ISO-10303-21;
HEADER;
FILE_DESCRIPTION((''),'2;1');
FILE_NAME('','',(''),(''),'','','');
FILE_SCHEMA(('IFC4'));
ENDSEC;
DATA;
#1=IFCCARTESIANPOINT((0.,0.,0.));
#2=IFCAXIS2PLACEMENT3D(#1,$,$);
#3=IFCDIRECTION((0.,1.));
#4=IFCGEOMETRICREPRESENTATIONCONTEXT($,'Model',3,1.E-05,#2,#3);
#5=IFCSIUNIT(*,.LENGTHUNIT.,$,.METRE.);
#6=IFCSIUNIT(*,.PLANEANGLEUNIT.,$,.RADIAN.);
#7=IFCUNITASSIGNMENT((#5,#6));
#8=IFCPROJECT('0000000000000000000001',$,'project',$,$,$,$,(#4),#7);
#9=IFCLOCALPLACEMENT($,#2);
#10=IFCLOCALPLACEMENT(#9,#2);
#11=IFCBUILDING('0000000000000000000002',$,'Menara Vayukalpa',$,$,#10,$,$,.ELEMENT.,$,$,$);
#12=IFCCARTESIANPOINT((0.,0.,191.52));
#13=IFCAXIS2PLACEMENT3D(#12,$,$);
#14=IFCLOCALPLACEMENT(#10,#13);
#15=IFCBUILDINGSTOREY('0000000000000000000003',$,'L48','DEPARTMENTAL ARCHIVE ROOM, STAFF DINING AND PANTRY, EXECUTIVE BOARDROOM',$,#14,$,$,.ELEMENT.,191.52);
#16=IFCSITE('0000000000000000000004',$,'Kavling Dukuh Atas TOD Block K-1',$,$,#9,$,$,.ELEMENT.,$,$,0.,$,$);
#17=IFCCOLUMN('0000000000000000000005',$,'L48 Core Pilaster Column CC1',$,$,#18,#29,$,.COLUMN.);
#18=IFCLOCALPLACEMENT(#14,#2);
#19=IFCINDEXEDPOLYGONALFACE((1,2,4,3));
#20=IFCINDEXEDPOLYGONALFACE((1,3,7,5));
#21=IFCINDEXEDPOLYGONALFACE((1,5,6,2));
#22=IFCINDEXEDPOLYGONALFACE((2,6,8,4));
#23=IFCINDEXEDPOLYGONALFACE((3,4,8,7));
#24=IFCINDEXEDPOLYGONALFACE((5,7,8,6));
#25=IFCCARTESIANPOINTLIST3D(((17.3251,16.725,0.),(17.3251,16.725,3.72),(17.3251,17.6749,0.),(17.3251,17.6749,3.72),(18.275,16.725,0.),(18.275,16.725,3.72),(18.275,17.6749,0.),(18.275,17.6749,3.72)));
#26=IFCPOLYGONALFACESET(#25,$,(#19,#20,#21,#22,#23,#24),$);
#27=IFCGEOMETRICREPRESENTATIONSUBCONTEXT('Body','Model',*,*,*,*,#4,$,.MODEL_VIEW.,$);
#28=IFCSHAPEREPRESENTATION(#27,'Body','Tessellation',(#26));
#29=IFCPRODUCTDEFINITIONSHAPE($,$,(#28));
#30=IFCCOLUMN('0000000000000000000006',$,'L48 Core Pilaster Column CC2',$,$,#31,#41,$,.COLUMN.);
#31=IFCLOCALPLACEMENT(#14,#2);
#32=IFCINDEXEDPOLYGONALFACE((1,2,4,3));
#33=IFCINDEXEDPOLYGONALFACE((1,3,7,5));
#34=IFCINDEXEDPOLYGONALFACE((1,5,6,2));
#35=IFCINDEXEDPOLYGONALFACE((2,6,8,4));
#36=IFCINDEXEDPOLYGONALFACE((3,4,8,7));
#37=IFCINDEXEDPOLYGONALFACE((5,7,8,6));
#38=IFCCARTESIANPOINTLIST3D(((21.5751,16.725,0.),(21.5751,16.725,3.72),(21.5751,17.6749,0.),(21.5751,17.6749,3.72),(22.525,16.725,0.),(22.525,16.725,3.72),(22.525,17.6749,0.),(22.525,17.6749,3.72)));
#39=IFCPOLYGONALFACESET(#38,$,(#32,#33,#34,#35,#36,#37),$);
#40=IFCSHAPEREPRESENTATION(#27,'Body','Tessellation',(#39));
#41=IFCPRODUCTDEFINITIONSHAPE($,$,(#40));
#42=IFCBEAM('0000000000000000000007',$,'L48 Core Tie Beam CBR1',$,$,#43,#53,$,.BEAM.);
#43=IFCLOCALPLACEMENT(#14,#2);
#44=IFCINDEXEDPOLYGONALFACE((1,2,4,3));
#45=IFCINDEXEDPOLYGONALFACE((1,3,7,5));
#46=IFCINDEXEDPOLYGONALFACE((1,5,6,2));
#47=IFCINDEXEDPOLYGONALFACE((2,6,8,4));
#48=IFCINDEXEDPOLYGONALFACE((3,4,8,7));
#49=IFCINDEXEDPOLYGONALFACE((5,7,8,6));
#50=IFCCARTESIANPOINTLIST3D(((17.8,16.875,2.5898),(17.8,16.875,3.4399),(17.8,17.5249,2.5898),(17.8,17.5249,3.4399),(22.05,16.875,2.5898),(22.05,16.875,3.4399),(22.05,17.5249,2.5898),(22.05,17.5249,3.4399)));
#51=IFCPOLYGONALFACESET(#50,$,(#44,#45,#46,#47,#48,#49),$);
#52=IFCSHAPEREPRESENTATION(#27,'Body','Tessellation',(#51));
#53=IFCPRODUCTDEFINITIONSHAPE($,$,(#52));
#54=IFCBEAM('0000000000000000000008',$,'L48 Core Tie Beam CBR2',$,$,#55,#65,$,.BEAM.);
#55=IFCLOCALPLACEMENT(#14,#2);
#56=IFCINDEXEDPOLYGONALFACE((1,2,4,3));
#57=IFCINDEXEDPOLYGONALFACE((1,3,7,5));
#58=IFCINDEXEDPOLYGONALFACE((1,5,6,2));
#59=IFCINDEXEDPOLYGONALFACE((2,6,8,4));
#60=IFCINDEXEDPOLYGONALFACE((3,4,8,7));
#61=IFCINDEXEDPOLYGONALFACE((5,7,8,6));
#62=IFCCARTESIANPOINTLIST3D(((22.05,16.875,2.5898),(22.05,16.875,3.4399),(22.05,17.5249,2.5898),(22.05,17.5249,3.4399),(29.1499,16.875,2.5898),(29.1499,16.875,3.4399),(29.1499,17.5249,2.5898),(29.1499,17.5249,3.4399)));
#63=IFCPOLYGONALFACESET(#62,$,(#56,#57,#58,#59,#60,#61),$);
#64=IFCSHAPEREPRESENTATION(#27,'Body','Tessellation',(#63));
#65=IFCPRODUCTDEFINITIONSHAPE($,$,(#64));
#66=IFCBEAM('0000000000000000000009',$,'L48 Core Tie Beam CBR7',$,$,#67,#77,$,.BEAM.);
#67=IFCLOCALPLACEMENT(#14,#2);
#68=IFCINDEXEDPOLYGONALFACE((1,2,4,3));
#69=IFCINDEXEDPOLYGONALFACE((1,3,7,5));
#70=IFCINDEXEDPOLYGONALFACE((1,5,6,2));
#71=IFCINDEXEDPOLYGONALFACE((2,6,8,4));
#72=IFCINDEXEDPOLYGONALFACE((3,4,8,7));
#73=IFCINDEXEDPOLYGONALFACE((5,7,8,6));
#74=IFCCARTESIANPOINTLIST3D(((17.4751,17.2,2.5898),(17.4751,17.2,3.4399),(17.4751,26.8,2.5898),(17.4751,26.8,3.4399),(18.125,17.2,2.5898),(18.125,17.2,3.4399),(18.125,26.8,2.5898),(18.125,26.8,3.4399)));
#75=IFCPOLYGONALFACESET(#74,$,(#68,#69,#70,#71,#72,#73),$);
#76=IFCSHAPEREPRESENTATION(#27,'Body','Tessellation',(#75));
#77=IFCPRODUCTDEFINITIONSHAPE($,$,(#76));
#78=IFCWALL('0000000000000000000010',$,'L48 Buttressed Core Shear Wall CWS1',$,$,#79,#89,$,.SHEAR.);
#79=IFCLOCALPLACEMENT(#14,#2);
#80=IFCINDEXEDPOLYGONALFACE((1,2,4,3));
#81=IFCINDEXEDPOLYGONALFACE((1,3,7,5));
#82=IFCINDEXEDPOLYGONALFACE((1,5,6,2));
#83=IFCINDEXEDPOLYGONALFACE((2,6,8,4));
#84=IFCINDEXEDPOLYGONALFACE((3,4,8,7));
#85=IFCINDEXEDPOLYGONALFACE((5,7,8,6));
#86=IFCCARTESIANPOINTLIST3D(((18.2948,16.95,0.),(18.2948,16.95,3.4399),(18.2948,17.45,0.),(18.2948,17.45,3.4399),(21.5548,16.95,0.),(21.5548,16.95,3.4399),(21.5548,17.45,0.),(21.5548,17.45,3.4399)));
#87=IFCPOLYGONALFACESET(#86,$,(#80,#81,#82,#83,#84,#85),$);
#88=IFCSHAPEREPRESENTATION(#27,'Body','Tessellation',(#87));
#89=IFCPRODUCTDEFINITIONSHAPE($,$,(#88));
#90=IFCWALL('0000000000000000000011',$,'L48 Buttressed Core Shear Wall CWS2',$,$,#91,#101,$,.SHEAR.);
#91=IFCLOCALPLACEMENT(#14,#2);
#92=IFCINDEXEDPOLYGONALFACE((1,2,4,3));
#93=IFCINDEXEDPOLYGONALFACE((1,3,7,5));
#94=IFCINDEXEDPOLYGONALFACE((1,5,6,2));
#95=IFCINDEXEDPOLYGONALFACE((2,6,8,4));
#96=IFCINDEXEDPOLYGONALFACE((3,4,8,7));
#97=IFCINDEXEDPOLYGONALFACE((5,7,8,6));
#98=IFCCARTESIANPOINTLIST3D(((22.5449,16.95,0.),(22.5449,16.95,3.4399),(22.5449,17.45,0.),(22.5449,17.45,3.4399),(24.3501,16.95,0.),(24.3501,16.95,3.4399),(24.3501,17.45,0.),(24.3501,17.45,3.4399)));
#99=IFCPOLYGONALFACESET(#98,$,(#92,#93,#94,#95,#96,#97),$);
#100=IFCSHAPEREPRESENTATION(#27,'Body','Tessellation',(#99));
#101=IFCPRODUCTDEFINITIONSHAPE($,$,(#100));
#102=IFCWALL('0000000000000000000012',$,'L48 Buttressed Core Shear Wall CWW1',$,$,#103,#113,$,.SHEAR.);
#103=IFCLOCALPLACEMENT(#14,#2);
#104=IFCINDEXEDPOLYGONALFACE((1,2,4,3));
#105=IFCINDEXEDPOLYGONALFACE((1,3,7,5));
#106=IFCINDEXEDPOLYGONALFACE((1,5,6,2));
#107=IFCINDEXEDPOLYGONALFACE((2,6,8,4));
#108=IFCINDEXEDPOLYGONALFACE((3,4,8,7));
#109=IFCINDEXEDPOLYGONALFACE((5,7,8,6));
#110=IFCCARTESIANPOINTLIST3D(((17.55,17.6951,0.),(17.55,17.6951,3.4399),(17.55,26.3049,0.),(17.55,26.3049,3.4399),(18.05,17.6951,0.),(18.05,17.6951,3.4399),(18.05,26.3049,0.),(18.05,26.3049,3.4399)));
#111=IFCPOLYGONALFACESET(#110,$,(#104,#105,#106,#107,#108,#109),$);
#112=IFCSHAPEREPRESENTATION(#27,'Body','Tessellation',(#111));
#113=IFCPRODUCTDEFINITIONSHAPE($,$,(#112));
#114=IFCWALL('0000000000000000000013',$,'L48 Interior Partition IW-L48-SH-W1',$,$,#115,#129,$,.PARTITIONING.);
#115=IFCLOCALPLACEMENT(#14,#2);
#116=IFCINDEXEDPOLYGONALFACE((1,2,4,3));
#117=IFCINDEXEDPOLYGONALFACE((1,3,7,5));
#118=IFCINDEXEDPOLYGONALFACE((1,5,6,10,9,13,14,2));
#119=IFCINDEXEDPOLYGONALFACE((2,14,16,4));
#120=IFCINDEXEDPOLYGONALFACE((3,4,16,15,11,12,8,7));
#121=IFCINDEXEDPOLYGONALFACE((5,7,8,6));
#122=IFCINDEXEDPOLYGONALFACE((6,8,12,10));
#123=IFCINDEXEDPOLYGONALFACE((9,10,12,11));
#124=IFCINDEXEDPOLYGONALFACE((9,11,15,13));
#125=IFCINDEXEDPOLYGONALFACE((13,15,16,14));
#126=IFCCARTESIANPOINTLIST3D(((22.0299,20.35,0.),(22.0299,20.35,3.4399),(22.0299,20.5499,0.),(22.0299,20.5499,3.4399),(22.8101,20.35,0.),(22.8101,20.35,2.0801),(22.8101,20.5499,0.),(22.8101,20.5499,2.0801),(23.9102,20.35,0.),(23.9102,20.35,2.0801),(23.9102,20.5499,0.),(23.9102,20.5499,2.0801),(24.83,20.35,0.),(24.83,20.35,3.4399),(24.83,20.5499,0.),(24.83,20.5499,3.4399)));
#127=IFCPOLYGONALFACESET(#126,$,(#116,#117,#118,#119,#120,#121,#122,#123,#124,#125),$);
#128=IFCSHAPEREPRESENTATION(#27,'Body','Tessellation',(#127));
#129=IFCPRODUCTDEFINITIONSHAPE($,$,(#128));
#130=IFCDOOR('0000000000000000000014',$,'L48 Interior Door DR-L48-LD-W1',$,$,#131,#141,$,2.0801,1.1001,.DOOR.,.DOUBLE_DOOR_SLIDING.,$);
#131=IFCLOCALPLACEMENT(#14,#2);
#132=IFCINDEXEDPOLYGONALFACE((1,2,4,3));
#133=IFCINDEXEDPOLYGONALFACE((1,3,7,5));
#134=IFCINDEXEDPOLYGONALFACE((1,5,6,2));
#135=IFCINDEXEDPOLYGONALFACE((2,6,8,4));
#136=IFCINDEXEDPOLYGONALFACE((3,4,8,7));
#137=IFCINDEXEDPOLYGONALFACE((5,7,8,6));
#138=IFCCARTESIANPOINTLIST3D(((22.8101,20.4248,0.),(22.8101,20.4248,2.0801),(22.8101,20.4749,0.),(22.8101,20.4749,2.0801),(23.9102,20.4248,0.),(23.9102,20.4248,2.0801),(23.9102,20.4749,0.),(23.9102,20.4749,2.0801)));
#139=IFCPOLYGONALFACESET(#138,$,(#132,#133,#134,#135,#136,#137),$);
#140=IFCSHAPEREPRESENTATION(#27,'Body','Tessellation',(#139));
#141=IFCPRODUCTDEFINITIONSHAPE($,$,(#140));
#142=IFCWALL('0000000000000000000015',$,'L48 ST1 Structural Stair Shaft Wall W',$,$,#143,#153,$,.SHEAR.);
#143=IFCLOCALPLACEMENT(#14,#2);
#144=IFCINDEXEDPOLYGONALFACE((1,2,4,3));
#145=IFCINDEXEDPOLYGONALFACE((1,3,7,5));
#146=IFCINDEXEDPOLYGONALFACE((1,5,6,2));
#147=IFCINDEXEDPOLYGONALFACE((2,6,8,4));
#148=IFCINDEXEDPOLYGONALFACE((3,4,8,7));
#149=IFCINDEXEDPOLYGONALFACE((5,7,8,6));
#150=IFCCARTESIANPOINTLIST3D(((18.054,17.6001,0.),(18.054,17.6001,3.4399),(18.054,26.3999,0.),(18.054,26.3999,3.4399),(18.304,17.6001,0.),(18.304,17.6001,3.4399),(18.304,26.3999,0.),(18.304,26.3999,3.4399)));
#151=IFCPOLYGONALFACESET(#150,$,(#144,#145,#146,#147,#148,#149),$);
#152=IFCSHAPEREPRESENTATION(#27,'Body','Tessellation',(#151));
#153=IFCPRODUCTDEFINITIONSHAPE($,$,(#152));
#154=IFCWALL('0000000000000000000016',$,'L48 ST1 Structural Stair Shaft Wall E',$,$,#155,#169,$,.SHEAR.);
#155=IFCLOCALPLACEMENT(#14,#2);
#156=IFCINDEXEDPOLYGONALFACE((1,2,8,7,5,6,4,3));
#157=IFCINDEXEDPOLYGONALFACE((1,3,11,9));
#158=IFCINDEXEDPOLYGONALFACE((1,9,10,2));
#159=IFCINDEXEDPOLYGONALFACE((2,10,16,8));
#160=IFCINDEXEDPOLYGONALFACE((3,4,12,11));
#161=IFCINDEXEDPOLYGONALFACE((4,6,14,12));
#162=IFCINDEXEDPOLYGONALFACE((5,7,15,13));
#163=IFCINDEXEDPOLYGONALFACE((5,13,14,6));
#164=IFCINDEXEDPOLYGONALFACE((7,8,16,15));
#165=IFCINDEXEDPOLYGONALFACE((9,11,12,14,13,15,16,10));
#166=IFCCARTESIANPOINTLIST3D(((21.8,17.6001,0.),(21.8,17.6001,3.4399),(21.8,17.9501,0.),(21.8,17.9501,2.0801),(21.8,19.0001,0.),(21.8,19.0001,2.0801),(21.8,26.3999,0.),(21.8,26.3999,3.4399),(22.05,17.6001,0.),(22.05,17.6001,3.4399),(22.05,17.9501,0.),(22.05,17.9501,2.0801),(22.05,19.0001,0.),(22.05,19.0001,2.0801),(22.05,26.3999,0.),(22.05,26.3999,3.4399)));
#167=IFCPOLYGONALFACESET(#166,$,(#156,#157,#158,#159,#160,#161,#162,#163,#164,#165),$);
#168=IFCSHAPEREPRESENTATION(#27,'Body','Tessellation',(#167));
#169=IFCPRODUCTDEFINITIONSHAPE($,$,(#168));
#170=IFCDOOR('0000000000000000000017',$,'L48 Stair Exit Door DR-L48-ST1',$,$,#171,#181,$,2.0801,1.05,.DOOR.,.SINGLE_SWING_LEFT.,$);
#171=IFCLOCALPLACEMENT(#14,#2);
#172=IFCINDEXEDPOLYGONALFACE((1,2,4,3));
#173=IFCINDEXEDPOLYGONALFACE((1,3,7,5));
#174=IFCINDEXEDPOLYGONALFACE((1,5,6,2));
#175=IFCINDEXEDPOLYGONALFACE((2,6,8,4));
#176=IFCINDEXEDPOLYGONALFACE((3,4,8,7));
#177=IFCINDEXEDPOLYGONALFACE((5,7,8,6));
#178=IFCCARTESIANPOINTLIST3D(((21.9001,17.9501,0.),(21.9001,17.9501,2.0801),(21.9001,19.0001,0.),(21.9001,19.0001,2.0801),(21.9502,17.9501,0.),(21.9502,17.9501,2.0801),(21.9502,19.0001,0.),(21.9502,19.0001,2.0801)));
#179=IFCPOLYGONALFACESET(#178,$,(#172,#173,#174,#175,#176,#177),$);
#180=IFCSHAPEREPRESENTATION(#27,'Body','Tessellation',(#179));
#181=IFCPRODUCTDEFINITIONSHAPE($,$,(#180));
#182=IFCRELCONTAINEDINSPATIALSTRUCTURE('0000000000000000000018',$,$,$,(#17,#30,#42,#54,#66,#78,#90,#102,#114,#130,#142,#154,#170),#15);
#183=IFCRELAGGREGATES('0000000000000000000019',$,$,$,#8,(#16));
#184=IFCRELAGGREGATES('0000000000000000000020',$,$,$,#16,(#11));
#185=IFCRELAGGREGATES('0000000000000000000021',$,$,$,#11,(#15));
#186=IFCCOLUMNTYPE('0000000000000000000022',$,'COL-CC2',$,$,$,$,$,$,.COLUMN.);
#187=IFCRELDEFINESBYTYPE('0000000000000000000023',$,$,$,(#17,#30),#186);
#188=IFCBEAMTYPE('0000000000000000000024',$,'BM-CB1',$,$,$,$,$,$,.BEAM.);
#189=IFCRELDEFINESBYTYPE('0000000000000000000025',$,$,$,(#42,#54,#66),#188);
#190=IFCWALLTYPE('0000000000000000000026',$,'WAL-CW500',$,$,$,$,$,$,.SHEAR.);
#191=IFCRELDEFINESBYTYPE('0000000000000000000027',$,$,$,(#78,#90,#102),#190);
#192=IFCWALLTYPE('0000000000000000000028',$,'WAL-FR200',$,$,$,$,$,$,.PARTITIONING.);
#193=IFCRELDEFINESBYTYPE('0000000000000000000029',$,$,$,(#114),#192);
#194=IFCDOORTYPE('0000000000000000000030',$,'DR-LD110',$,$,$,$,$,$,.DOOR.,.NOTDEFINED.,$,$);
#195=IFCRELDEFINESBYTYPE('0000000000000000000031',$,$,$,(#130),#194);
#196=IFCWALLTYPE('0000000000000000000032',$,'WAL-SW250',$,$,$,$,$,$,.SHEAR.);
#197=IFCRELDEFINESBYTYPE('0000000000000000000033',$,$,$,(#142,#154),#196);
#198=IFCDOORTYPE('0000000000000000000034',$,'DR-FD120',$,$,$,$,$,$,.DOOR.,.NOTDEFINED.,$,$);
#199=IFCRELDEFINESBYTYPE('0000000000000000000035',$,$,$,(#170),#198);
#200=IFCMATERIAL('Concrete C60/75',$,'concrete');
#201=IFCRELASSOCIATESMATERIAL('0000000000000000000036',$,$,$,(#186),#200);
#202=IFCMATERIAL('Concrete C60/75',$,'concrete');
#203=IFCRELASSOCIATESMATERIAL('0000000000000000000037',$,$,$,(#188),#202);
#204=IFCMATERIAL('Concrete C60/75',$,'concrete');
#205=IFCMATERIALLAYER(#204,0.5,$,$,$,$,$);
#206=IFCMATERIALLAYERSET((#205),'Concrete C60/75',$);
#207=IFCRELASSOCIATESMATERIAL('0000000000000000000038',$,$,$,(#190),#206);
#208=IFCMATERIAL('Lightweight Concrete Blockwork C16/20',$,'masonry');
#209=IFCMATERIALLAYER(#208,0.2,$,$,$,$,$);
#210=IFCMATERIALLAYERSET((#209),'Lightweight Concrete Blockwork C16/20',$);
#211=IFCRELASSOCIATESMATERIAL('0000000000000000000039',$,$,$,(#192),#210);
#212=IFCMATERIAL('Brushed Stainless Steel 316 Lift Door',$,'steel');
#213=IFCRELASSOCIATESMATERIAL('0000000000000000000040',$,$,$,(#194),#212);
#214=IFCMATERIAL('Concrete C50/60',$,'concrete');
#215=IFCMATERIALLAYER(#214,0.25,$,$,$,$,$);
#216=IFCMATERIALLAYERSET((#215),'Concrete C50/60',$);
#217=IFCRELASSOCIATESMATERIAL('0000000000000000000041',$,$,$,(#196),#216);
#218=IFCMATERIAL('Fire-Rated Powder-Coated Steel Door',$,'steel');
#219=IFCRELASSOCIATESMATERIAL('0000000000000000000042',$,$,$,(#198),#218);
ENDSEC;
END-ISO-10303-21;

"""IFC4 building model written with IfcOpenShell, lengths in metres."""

from ifc_helpers import new_model, si_unit, direction, frame, frame_2d, origin, origin_2d, place, context, subcontext, project, spatial, rectangle, extrude, material, layer, layer_set, material_profile, profile_set, type_object, element, fill, save


model = new_model("IFC4")

# Units and contexts
model_context = context("Model", 3, precision=1e-05, world=origin(), true_north=direction((0.0, 1.0)))
body_context = subcontext(model_context, "Body", "Model", "MODEL_VIEW")
ifc_project = project(units=[si_unit("LENGTHUNIT", "METRE"), si_unit("PLANEANGLEUNIT", "RADIAN")], contexts=[model_context])

# Site, building, storey
site_placement = place(None, origin())
site = spatial("IfcSite", under=ifc_project, at=site_placement, Name="Kavling Dukuh Atas TOD Block K-1", CompositionType="ELEMENT", RefElevation=0.0)
building_placement = place(site_placement, origin())
building = spatial("IfcBuilding", under=site, at=building_placement, Name="Menara Vayukalpa", CompositionType="ELEMENT")
storey_placement = place(building_placement, frame((0.0, 0.0, 191.52)))
storey = spatial("IfcBuildingStorey", under=building, at=storey_placement, Name="L48", Description="DEPARTMENTAL ARCHIVE ROOM, STAFF DINING AND PANTRY, EXECUTIVE BOARDROOM", CompositionType="ELEMENT", Elevation=191.52)

# Columns
ifc_material_1 = material(Name="Concrete C60/75", Category="concrete")
ifc_material_profile_1 = material_profile(ifc_material_1, rectangle(XDim=0.95, YDim=0.95, at=origin_2d()), Name="RC 950x950")
ifc_profile_set_1 = profile_set([ifc_material_profile_1], Name="Concrete C60/75")
column_type = type_object("IfcColumnType", Name="COL-CC2", PredefinedType="COLUMN", material=ifc_profile_set_1)
for number, where, z_axis, x_axis, name in (
    (1, (17.8, 17.2, 0.0), (0.0, 0.0, 1.0), (1.0, 0.0, 0.0), "L48 Core Pilaster Column CC1"),
    (2, (22.05, 17.2, 0.0), (0.0, 0.0, 1.0), (1.0, 0.0, 0.0), "L48 Core Pilaster Column CC2"),
):
    element("IfcColumn", number, at=place(storey_placement, frame(where, z_axis=z_axis, x_axis=x_axis)), inside=storey, type_object=column_type, Name=name, PredefinedType="COLUMN", context=body_context, shape_type="SweptSolid", body=[
        extrude(rectangle(XDim=0.95, YDim=0.95, at=origin_2d()), origin(), (0.0, 0.0, 1.0), 3.72),
    ])

# Beams
ifc_material_2 = material(Name="Concrete C60/75", Category="concrete")
ifc_material_profile_2 = material_profile(ifc_material_2, rectangle(XDim=0.6499, YDim=0.8501, at=origin_2d()), Name="RC 650x850")
ifc_profile_set_2 = profile_set([ifc_material_profile_2], Name="Concrete C60/75")
beam_type = type_object("IfcBeamType", Name="BM-CB1", PredefinedType="BEAM", material=ifc_profile_set_2)
beam_1_placement = place(storey_placement, frame((17.8, 17.2, 3.0149), z_axis=(1.0, 0.0, 0.0), x_axis=(0.0, 1.0, 0.0)))
element("IfcBeam", 3, at=beam_1_placement, inside=storey, type_object=beam_type, Name="L48 Core Tie Beam CBR1", PredefinedType="BEAM", context=body_context, shape_type="SweptSolid", body=[
    extrude(rectangle(XDim=0.6499, YDim=0.8501, at=origin_2d()), origin(), (0.0, 0.0, 1.0), 4.25),
])
beam_2_placement = place(storey_placement, frame((22.05, 17.2, 3.0149), z_axis=(1.0, 0.0, 0.0), x_axis=(0.0, 1.0, 0.0)))
element("IfcBeam", 4, at=beam_2_placement, inside=storey, type_object=beam_type, Name="L48 Core Tie Beam CBR2", PredefinedType="BEAM", context=body_context, shape_type="SweptSolid", body=[
    extrude(rectangle(XDim=0.6499, YDim=0.8501, at=origin_2d()), origin(), (0.0, 0.0, 1.0), 7.0999),
])
beam_3_placement = place(storey_placement, frame((17.8, 17.2, 3.0149), z_axis=(0.0, 1.0, 0.0), x_axis=(-1.0, 0.0, 0.0)))
element("IfcBeam", 5, at=beam_3_placement, inside=storey, type_object=beam_type, Name="L48 Core Tie Beam CBR7", PredefinedType="BEAM", context=body_context, shape_type="SweptSolid", body=[
    extrude(rectangle(XDim=0.6499, YDim=0.8501, at=origin_2d()), origin(), (0.0, 0.0, 1.0), 9.6001),
])

# Walls
ifc_material_3 = material(Name="Concrete C60/75", Category="concrete")
ifc_layer_1 = layer(ifc_material_3, 0.5)
ifc_layer_set_1 = layer_set([ifc_layer_1], Name="Concrete C60/75")
wall_type_1 = type_object("IfcWallType", Name="WAL-CW500", PredefinedType="SHEAR", material=ifc_layer_set_1)
wall_1_placement = place(storey_placement, frame((18.2949, 17.2, 0.0), z_axis=(0.0, 0.0, 1.0), x_axis=(1.0, 0.0, 0.0)))
element("IfcWall", 6, at=wall_1_placement, inside=storey, type_object=wall_type_1, Name="L48 Buttressed Core Shear Wall CWS1", PredefinedType="SHEAR", context=body_context, shape_type="SweptSolid", body=[
    extrude(rectangle(XDim=3.26, YDim=0.5, at=frame_2d((1.6299, 0.0))), origin(), (0.0, 0.0, 1.0), 3.4399),
])
wall_2_placement = place(storey_placement, frame((22.5449, 17.2, 0.0), z_axis=(0.0, 0.0, 1.0), x_axis=(1.0, 0.0, 0.0)))
element("IfcWall", 7, at=wall_2_placement, inside=storey, type_object=wall_type_1, Name="L48 Buttressed Core Shear Wall CWS2", PredefinedType="SHEAR", context=body_context, shape_type="SweptSolid", body=[
    extrude(rectangle(XDim=1.8052, YDim=0.5, at=frame_2d((0.9026, 0.0))), origin(), (0.0, 0.0, 1.0), 3.4399),
])
wall_3_placement = place(storey_placement, frame((17.8, 17.6951, 0.0), z_axis=(0.0, 0.0, 1.0), x_axis=(0.0, 1.0, 0.0)))
element("IfcWall", 8, at=wall_3_placement, inside=storey, type_object=wall_type_1, Name="L48 Buttressed Core Shear Wall CWW1", PredefinedType="SHEAR", context=body_context, shape_type="SweptSolid", body=[
    extrude(rectangle(XDim=8.6099, YDim=0.5, at=frame_2d((4.3049, 0.0))), origin(), (0.0, 0.0, 1.0), 3.4399),
])

# Wall, opening, door
ifc_material_4 = material(Name="Lightweight Concrete Blockwork C16/20", Category="masonry")
ifc_layer_2 = layer(ifc_material_4, 0.2)
ifc_layer_set_2 = layer_set([ifc_layer_2], Name="Lightweight Concrete Blockwork C16/20")
wall_type_2 = type_object("IfcWallType", Name="WAL-FR200", PredefinedType="PARTITIONING", material=ifc_layer_set_2)
wall_4_placement = place(storey_placement, frame((22.03, 20.45, 0.0), z_axis=(0.0, 0.0, 1.0), x_axis=(1.0, 0.0, 0.0)))
wall_4 = element("IfcWall", 9, at=wall_4_placement, inside=storey, type_object=wall_type_2, Name="L48 Interior Partition IW-L48-SH-W1", PredefinedType="PARTITIONING", context=body_context, shape_type="SweptSolid", body=[
    extrude(rectangle(XDim=2.8, YDim=0.2, at=frame_2d((1.3999, 0.0))), origin(), (0.0, 0.0, 1.0), 3.4399),
])
opening_1_placement = place(wall_4_placement, frame((0.78, 0.0, 0.0)))
opening_1 = element("IfcOpeningElement", 10, at=opening_1_placement, cuts=wall_4, PredefinedType="OPENING", context=body_context, shape_type="SweptSolid", body=[
    extrude(rectangle(XDim=1.1001, YDim=2.0801, at=frame_2d((0.55, 1.04))), frame((0.0, 0.1099, 0.0), z_axis=(0.0, -1.0, 0.0), x_axis=(1.0, 0.0, 0.0)), (0.0, 0.0, 1.0), 0.22),
])
ifc_material_5 = material(Name="Brushed Stainless Steel 316 Lift Door", Category="steel")
door_type_1 = type_object("IfcDoorType", Name="DR-LD110", OperationType="NOTDEFINED", PredefinedType="DOOR", material=ifc_material_5)
door_1_placement = place(opening_1_placement, origin())
door_1 = element("IfcDoor", 11, at=door_1_placement, inside=storey, type_object=door_type_1, Name="L48 Interior Door DR-L48-LD-W1", OperationType="DOUBLE_DOOR_SLIDING", OverallHeight=2.0801, OverallWidth=1.1001, PredefinedType="DOOR", context=body_context, shape_type="SweptSolid", body=[
    extrude(rectangle(XDim=1.1001, YDim=2.0801, at=frame_2d((0.55, 1.04))), frame((0.0, 0.0249, 0.0), z_axis=(0.0, -1.0, 0.0), x_axis=(1.0, 0.0, 0.0)), (0.0, 0.0, 1.0), 0.05),
])
fill(opening_1, door_1)

# Wall
ifc_material_6 = material(Name="Concrete C50/60", Category="concrete")
ifc_layer_3 = layer(ifc_material_6, 0.25)
ifc_layer_set_3 = layer_set([ifc_layer_3], Name="Concrete C50/60")
wall_type_3 = type_object("IfcWallType", Name="WAL-SW250", PredefinedType="SHEAR", material=ifc_layer_set_3)
wall_5_placement = place(storey_placement, frame((18.179, 17.6001, 0.0), z_axis=(0.0, 0.0, 1.0), x_axis=(0.0, 1.0, 0.0)))
element("IfcWall", 12, at=wall_5_placement, inside=storey, type_object=wall_type_3, Name="L48 ST1 Structural Stair Shaft Wall W", PredefinedType="SHEAR", context=body_context, shape_type="SweptSolid", body=[
    extrude(rectangle(XDim=8.7998, YDim=0.25, at=frame_2d((4.3999, 0.0))), origin(), (0.0, 0.0, 1.0), 3.4399),
])

# Wall, opening, door
wall_6_placement = place(storey_placement, frame((21.925, 17.6001, 0.0), z_axis=(0.0, 0.0, 1.0), x_axis=(0.0, 1.0, 0.0)))
wall_6 = element("IfcWall", 13, at=wall_6_placement, inside=storey, type_object=wall_type_3, Name="L48 ST1 Structural Stair Shaft Wall E", PredefinedType="SHEAR", context=body_context, shape_type="SweptSolid", body=[
    extrude(rectangle(XDim=8.7998, YDim=0.25, at=frame_2d((4.3999, 0.0))), origin(), (0.0, 0.0, 1.0), 3.4399),
])
opening_2_placement = place(wall_6_placement, frame((0.3501, 0.0, 0.0)))
opening_2 = element("IfcOpeningElement", 14, at=opening_2_placement, cuts=wall_6, PredefinedType="OPENING", context=body_context, shape_type="SweptSolid", body=[
    extrude(rectangle(XDim=1.05, YDim=2.0801, at=frame_2d((0.5249, 1.04))), frame((0.0, 0.135, 0.0), z_axis=(0.0, -1.0, 0.0), x_axis=(1.0, 0.0, 0.0)), (0.0, 0.0, 1.0), 0.27),
])
ifc_material_7 = material(Name="Fire-Rated Powder-Coated Steel Door", Category="steel")
door_type_2 = type_object("IfcDoorType", Name="DR-FD120", OperationType="NOTDEFINED", PredefinedType="DOOR", material=ifc_material_7)
door_2_placement = place(opening_2_placement, origin())
door_2 = element("IfcDoor", 15, at=door_2_placement, inside=storey, type_object=door_type_2, Name="L48 Stair Exit Door DR-L48-ST1", OperationType="SINGLE_SWING_LEFT", OverallHeight=2.0801, OverallWidth=1.05, PredefinedType="DOOR", context=body_context, shape_type="SweptSolid", body=[
    extrude(rectangle(XDim=1.05, YDim=2.0801, at=frame_2d((0.5249, 1.04))), frame((0.0, 0.0249, 0.0), z_axis=(0.0, -1.0, 0.0), x_axis=(1.0, 0.0, 0.0)), (0.0, 0.0, 1.0), 0.05),
])
fill(opening_2, door_2)

save(model, "model.ifc")
